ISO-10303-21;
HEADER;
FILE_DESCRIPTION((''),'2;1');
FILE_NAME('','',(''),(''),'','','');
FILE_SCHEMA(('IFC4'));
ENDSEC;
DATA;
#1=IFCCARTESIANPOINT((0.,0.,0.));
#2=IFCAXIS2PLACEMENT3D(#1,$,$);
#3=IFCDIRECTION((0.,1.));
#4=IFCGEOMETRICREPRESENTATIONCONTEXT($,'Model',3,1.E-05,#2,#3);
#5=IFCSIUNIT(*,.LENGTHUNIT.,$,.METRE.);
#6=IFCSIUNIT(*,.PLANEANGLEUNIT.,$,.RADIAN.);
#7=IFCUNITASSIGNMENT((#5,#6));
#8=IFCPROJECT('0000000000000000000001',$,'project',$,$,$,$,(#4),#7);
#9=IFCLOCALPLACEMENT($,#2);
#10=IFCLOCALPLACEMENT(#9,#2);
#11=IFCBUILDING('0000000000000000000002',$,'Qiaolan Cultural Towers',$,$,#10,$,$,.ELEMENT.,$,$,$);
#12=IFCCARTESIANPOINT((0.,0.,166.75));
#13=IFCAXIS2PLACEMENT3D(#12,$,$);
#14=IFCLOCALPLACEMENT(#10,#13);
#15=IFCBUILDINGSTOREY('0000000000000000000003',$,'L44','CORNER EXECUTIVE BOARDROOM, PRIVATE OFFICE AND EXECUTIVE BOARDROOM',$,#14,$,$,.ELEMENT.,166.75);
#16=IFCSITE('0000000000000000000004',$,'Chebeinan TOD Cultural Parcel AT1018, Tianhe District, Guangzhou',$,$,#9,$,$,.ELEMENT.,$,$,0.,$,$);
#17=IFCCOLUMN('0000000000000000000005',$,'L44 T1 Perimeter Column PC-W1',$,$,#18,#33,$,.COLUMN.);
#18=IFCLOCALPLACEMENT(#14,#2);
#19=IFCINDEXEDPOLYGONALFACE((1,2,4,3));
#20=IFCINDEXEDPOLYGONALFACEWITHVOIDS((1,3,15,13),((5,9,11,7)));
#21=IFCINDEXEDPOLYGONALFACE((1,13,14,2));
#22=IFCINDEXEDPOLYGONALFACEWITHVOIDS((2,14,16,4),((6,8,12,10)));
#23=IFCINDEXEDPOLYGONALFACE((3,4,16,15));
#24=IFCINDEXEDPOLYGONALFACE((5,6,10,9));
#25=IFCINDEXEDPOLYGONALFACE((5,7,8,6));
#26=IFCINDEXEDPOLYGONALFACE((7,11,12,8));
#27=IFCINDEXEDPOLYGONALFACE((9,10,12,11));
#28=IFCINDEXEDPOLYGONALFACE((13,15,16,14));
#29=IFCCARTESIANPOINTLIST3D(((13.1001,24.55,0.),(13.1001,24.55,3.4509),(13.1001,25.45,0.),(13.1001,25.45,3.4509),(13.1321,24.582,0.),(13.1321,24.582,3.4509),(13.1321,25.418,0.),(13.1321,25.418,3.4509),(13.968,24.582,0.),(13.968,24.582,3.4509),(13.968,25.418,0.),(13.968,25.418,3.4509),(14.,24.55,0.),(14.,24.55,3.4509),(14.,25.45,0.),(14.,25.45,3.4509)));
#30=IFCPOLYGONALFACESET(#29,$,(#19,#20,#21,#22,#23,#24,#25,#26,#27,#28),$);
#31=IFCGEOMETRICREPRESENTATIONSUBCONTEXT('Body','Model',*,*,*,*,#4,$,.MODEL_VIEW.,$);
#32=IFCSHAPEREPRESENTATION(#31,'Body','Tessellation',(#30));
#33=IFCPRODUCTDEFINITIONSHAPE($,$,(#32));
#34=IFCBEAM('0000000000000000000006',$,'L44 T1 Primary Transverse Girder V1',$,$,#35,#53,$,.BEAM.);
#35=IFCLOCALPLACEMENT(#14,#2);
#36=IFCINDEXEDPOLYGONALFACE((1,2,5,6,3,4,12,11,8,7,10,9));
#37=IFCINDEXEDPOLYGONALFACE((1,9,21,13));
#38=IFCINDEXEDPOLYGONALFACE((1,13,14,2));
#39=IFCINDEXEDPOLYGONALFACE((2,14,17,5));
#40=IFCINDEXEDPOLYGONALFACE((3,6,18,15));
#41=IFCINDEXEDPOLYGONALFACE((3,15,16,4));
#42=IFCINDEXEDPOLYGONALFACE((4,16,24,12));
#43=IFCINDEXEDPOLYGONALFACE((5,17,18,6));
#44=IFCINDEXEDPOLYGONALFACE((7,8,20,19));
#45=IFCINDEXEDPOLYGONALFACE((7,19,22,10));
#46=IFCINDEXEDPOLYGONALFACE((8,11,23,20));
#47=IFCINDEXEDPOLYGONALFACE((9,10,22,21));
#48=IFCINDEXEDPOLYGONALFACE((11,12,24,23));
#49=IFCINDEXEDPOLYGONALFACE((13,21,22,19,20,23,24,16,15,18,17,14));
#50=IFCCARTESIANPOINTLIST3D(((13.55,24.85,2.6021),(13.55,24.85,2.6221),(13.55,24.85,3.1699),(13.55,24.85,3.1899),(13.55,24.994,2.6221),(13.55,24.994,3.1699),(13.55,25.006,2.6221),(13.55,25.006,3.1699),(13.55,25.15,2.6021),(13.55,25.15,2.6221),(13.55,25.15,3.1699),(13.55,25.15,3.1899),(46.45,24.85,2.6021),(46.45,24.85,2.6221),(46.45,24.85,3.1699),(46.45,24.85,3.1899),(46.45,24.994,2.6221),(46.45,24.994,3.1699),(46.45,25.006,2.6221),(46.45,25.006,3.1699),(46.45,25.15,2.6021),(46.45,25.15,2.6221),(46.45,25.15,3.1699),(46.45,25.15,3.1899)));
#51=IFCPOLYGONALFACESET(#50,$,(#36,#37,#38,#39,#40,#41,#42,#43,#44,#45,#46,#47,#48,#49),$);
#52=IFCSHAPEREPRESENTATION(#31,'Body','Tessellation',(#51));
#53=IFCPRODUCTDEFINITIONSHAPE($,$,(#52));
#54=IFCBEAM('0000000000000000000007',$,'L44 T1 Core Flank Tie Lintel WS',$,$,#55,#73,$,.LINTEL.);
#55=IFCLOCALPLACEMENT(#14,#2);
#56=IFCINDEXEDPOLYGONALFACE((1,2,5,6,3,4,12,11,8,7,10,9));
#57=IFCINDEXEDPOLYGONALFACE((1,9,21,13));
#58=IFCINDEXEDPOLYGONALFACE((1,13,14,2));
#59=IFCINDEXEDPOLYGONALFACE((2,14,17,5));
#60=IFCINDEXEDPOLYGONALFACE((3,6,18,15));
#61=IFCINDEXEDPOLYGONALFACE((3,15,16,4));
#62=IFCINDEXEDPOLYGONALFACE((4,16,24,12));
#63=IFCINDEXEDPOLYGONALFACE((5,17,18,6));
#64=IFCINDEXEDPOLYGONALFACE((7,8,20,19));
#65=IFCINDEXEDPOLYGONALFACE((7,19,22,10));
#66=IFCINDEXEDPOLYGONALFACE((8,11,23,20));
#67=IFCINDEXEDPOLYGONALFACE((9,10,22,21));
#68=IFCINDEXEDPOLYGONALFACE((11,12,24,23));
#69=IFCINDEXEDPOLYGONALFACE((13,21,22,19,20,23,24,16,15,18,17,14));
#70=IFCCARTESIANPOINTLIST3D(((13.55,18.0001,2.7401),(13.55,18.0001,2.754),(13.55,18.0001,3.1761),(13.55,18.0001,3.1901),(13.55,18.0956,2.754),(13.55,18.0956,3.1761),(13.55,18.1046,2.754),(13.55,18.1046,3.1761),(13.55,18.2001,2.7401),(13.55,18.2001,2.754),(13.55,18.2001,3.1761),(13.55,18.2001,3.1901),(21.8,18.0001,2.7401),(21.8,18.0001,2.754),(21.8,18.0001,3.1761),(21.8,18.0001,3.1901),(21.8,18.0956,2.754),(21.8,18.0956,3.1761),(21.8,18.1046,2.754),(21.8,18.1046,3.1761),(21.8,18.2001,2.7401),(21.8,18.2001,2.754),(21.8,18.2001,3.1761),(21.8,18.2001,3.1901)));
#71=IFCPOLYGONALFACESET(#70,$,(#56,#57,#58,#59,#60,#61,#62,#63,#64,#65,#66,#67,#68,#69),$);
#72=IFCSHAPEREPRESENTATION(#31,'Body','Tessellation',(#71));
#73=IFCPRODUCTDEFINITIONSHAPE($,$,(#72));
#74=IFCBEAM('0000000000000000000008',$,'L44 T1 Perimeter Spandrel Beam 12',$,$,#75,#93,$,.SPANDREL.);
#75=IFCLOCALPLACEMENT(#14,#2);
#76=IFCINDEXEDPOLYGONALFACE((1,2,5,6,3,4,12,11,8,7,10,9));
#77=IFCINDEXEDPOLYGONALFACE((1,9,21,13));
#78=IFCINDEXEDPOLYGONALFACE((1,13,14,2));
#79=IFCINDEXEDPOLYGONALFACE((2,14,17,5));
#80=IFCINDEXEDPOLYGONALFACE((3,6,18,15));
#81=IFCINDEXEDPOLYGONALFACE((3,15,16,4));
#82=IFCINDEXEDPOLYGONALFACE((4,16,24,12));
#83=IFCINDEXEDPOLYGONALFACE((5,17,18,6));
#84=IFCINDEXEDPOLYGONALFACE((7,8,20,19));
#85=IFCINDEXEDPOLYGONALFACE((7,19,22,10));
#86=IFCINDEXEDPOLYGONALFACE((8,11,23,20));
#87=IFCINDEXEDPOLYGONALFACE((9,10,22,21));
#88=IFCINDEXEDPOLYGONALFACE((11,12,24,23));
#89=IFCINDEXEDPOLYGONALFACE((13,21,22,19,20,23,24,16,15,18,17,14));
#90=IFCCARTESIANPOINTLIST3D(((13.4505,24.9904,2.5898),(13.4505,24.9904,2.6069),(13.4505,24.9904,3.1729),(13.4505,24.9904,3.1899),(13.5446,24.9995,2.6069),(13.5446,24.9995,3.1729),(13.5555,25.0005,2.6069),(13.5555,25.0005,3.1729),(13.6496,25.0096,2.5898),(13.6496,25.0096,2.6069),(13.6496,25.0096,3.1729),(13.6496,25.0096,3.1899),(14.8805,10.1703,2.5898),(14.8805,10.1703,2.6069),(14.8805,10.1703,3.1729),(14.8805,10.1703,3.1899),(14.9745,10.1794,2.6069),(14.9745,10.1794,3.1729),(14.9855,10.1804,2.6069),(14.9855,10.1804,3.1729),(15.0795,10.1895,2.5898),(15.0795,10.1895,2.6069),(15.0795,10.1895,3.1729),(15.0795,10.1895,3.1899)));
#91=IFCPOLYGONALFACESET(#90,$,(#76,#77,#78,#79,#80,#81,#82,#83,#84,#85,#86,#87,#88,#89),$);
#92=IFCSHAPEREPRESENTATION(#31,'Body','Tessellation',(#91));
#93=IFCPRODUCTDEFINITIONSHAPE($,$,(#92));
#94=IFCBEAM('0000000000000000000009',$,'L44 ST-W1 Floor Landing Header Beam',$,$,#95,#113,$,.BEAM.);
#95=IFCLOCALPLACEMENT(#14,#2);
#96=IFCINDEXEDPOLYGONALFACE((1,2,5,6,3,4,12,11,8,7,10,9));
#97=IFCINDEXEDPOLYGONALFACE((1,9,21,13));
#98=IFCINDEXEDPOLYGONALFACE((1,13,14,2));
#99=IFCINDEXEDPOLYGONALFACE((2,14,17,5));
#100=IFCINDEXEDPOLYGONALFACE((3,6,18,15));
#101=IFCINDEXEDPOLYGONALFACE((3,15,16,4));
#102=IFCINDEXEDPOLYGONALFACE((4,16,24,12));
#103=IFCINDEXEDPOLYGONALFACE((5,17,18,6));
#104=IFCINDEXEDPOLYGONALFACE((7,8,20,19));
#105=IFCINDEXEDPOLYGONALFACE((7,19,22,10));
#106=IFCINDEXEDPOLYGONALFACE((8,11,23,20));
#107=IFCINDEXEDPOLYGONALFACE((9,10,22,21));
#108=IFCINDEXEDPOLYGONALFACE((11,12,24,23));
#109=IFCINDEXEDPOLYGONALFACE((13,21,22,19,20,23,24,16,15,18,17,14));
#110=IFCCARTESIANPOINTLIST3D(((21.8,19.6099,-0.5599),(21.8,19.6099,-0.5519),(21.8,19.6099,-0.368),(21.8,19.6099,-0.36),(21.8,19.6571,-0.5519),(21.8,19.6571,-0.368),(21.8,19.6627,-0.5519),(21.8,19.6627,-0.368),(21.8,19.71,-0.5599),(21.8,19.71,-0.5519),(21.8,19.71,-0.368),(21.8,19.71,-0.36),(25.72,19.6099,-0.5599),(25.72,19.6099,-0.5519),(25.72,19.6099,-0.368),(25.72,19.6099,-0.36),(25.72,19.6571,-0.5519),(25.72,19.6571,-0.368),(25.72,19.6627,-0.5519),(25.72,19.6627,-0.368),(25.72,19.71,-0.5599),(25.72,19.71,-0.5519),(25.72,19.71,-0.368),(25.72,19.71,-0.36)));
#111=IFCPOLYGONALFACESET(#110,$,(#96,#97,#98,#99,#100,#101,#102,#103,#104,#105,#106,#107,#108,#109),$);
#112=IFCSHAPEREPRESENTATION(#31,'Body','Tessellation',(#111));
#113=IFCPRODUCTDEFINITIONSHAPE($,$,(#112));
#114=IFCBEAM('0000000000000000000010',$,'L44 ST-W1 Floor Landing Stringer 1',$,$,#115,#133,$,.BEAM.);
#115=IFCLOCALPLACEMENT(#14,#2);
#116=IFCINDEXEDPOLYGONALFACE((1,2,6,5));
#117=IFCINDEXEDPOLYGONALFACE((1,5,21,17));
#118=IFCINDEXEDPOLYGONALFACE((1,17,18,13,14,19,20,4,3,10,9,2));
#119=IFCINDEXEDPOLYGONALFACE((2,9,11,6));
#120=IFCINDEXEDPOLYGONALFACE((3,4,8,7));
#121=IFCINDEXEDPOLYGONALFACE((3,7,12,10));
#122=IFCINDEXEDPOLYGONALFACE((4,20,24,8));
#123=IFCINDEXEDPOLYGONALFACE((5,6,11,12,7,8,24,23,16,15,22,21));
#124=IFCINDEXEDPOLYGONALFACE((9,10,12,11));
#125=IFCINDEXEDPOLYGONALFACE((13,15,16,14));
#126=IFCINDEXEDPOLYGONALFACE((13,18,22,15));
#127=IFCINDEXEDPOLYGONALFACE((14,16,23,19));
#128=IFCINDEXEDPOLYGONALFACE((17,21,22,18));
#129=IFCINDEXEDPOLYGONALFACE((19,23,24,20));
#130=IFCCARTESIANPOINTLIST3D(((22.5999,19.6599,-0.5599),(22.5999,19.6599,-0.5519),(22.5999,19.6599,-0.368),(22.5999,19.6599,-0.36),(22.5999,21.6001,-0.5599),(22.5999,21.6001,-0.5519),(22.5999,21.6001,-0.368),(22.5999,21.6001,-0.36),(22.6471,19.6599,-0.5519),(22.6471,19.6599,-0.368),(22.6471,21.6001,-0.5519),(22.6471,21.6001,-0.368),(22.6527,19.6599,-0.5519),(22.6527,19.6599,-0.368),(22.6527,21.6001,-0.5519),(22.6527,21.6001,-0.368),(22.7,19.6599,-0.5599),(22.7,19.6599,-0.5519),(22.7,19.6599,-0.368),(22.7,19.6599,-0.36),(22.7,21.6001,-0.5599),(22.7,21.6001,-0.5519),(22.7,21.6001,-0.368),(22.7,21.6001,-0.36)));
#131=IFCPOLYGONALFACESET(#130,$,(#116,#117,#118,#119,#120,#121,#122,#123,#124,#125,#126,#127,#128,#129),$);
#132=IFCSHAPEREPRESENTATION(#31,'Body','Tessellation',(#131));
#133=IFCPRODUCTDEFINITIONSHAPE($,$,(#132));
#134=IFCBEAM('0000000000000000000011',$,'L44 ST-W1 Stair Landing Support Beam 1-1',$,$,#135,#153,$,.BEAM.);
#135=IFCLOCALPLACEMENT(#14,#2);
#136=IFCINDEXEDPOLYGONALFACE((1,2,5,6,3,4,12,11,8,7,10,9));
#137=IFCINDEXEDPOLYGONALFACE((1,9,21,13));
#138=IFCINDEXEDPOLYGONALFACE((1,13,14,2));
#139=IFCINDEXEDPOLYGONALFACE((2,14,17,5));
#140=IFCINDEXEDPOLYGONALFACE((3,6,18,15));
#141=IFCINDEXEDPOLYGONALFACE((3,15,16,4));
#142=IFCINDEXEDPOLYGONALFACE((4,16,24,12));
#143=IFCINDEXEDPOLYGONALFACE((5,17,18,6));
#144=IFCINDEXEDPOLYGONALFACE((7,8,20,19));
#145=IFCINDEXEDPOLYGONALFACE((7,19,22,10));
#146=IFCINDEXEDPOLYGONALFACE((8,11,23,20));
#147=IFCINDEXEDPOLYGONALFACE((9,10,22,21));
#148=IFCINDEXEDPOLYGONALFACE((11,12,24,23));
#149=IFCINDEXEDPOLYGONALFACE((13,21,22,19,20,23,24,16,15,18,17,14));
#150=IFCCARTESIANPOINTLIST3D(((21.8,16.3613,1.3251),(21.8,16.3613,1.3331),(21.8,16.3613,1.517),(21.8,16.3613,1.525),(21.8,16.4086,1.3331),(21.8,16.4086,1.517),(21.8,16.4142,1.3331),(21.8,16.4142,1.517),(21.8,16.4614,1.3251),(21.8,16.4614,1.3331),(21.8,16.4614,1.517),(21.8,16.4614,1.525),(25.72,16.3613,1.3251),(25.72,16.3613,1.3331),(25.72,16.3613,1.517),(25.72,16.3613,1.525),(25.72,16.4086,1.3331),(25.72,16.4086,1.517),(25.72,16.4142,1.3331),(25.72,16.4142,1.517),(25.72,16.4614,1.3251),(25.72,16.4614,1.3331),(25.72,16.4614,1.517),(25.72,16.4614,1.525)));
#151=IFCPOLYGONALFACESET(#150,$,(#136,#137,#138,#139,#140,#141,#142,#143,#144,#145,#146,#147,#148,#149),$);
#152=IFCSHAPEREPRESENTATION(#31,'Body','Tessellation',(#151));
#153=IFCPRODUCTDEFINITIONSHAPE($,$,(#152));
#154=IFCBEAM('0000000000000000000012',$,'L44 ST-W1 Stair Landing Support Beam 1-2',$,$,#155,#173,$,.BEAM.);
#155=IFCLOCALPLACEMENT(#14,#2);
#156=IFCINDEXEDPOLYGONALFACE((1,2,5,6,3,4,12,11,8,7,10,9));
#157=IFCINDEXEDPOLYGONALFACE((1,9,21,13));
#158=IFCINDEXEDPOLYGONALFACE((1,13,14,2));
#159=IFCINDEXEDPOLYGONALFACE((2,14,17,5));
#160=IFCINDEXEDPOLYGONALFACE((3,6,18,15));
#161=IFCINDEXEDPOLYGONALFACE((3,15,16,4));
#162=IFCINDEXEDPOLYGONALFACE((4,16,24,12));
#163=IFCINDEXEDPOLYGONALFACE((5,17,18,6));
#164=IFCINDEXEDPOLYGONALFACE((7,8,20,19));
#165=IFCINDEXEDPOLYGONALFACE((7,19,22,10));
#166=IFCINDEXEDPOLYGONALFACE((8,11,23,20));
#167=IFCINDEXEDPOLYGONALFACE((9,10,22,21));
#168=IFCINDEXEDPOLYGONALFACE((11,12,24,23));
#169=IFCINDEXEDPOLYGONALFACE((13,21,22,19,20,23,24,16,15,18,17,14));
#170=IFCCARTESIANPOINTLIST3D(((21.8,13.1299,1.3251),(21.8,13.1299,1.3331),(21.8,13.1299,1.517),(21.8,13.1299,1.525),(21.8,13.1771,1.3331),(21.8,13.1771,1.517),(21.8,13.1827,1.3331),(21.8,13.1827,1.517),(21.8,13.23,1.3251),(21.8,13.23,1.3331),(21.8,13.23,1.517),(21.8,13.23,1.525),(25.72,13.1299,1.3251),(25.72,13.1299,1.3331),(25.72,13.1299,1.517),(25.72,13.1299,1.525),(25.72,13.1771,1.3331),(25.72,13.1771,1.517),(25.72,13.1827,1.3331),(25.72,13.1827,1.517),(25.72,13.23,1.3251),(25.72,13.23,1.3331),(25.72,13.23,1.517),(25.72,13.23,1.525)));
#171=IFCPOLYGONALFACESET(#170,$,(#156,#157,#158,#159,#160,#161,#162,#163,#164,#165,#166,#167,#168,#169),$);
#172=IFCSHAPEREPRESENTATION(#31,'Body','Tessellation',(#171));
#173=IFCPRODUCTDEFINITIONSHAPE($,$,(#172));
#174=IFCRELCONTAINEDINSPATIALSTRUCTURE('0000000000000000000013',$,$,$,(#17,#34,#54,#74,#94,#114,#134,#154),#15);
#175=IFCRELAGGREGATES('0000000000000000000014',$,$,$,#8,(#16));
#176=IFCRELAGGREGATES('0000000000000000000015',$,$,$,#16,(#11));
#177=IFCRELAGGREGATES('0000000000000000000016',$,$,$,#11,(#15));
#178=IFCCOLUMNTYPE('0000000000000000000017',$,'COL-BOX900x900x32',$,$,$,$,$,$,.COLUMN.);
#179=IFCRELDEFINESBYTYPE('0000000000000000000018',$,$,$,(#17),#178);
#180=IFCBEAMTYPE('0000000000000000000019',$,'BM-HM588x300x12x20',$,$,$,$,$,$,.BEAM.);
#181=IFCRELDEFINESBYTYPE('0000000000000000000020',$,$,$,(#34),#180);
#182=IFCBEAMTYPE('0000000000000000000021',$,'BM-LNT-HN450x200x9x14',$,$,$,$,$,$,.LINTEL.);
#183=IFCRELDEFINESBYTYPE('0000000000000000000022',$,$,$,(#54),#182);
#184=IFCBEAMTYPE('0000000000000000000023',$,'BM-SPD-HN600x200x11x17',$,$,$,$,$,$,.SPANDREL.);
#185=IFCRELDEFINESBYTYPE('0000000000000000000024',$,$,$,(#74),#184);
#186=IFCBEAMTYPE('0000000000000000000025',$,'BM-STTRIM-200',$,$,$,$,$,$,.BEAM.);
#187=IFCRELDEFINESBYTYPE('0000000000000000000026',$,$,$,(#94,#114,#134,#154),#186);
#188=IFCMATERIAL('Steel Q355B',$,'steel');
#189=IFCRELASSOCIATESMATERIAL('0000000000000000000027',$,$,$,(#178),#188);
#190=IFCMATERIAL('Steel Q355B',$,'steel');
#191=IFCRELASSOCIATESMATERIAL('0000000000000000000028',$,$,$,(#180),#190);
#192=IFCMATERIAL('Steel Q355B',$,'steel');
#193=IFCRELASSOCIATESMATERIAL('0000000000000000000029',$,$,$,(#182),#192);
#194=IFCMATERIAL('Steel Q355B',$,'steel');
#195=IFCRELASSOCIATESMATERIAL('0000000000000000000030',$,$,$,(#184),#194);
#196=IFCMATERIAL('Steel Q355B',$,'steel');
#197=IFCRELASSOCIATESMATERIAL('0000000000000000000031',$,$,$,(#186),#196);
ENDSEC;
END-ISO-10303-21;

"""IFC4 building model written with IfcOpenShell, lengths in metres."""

from ifc_helpers import new_model, si_unit, direction, frame, origin, origin_2d, place, context, subcontext, project, spatial, hollow_rectangle, i_section, extrude, material, material_profile, profile_set, type_object, element, save


model = new_model("IFC4")

# Units and contexts
model_context = context("Model", 3, precision=1e-05, world=origin(), true_north=direction((0.0, 1.0)))
body_context = subcontext(model_context, "Body", "Model", "MODEL_VIEW")
ifc_project = project(units=[si_unit("LENGTHUNIT", "METRE"), si_unit("PLANEANGLEUNIT", "RADIAN")], contexts=[model_context])

# Site, building, storey
site_placement = place(None, origin())
site = spatial("IfcSite", under=ifc_project, at=site_placement, Name="Chebeinan TOD Cultural Parcel AT1018, Tianhe District, Guangzhou", CompositionType="ELEMENT", RefElevation=0.0)
building_placement = place(site_placement, origin())
building = spatial("IfcBuilding", under=site, at=building_placement, Name="Qiaolan Cultural Towers", CompositionType="ELEMENT")
storey_placement = place(building_placement, frame((0.0, 0.0, 166.75)))
storey = spatial("IfcBuildingStorey", under=building, at=storey_placement, Name="L44", Description="CORNER EXECUTIVE BOARDROOM, PRIVATE OFFICE AND EXECUTIVE BOARDROOM", CompositionType="ELEMENT", Elevation=166.75)

# Column
ifc_material_1 = material(Name="Steel Q355B", Category="steel")
ifc_material_profile_1 = material_profile(ifc_material_1, hollow_rectangle(XDim=0.8999, YDim=0.8999, WallThickness=0.032, at=origin_2d()), Name="BOX900x900x32")
ifc_profile_set_1 = profile_set([ifc_material_profile_1], Name="Steel Q355B")
column_type = type_object("IfcColumnType", Name="COL-BOX900x900x32", PredefinedType="COLUMN", material=ifc_profile_set_1)
column_placement = place(storey_placement, frame((13.55, 25.0, 0.0), z_axis=(0.0, 0.0, 1.0), x_axis=(1.0, 0.0, 0.0)))
element("IfcColumn", 1, at=column_placement, inside=storey, type_object=column_type, Name="L44 T1 Perimeter Column PC-W1", PredefinedType="COLUMN", context=body_context, shape_type="SweptSolid", body=[
    extrude(hollow_rectangle(XDim=0.8999, YDim=0.8999, WallThickness=0.032, at=origin_2d()), origin(), (0.0, 0.0, 1.0), 3.4509),
])

# Beams
ifc_material_2 = material(Name="Steel Q355B", Category="steel")
ifc_material_profile_2 = material_profile(ifc_material_2, i_section(OverallWidth=0.3, OverallDepth=0.5879, WebThickness=0.012, FlangeThickness=0.02, at=origin_2d()), Name="HM588x300x12x20")
ifc_profile_set_2 = profile_set([ifc_material_profile_2], Name="Steel Q355B")
beam_type_1 = type_object("IfcBeamType", Name="BM-HM588x300x12x20", PredefinedType="BEAM", material=ifc_profile_set_2)
beam_1_placement = place(storey_placement, frame((13.55, 25.0, 2.896), z_axis=(1.0, 0.0, 0.0), x_axis=(0.0, 1.0, 0.0)))
element("IfcBeam", 2, at=beam_1_placement, inside=storey, type_object=beam_type_1, Name="L44 T1 Primary Transverse Girder V1", PredefinedType="BEAM", context=body_context, shape_type="SweptSolid", body=[
    extrude(i_section(OverallWidth=0.3, OverallDepth=0.5879, WebThickness=0.012, FlangeThickness=0.02, at=origin_2d()), origin(), (0.0, 0.0, 1.0), 32.8999),
])
ifc_material_3 = material(Name="Steel Q355B", Category="steel")
ifc_material_profile_3 = material_profile(ifc_material_3, i_section(OverallWidth=0.2, OverallDepth=0.45, WebThickness=0.009, FlangeThickness=0.0139, at=origin_2d()), Name="HN450x200x9x14")
ifc_profile_set_3 = profile_set([ifc_material_profile_3], Name="Steel Q355B")
beam_type_2 = type_object("IfcBeamType", Name="BM-LNT-HN450x200x9x14", PredefinedType="LINTEL", material=ifc_profile_set_3)
beam_2_placement = place(storey_placement, frame((21.8, 18.1001, 2.9651), z_axis=(-1.0, 0.0, 0.0), x_axis=(0.0, -1.0, 0.0)))
element("IfcBeam", 3, at=beam_2_placement, inside=storey, type_object=beam_type_2, Name="L44 T1 Core Flank Tie Lintel WS", PredefinedType="LINTEL", context=body_context, shape_type="SweptSolid", body=[
    extrude(i_section(OverallWidth=0.2, OverallDepth=0.45, WebThickness=0.009, FlangeThickness=0.0139, at=origin_2d()), origin(), (0.0, 0.0, 1.0), 8.25),
])
ifc_material_4 = material(Name="Steel Q355B", Category="steel")
ifc_material_profile_4 = material_profile(ifc_material_4, i_section(OverallWidth=0.2, OverallDepth=0.6001, WebThickness=0.011, FlangeThickness=0.0171, at=origin_2d()), Name="HN600x200x11x17")
ifc_profile_set_4 = profile_set([ifc_material_profile_4], Name="Steel Q355B")
beam_type_3 = type_object("IfcBeamType", Name="BM-SPD-HN600x200x11x17", PredefinedType="SPANDREL", material=ifc_profile_set_4)
beam_3_placement = place(storey_placement, frame((13.55, 25.0, 2.8899), z_axis=(0.09604, -0.995377, 0.0), x_axis=(0.995377, 0.09604, 0.0)))
element("IfcBeam", 4, at=beam_3_placement, inside=storey, type_object=beam_type_3, Name="L44 T1 Perimeter Spandrel Beam 12", PredefinedType="SPANDREL", context=body_context, shape_type="SweptSolid", body=[
    extrude(i_section(OverallWidth=0.2, OverallDepth=0.6001, WebThickness=0.011, FlangeThickness=0.0171, at=origin_2d()), origin(), (0.0, 0.0, 1.0), 14.8889),
])
ifc_material_5 = material(Name="Steel Q355B", Category="steel")
ifc_material_profile_5 = material_profile(ifc_material_5, i_section(OverallWidth=0.1001, OverallDepth=0.2, WebThickness=0.0056, FlangeThickness=0.0081, at=origin_2d()), Name="HN200x100x5.5x8")
ifc_profile_set_5 = profile_set([ifc_material_profile_5], Name="Steel Q355B")
beam_type_4 = type_object("IfcBeamType", Name="BM-STTRIM-200", PredefinedType="BEAM", material=ifc_profile_set_5)
beam_4_placement = place(storey_placement, frame((21.8, 19.6599, -0.46), z_axis=(1.0, 0.0, 0.0), x_axis=(0.0, 1.0, 0.0)))
element("IfcBeam", 5, at=beam_4_placement, inside=storey, type_object=beam_type_4, Name="L44 ST-W1 Floor Landing Header Beam", PredefinedType="BEAM", context=body_context, shape_type="SweptSolid", body=[
    extrude(i_section(OverallWidth=0.1001, OverallDepth=0.2, WebThickness=0.0056, FlangeThickness=0.0081, at=origin_2d()), origin(), (0.0, 0.0, 1.0), 3.9199),
])
beam_5_placement = place(storey_placement, frame((22.6499, 21.6001, -0.46), z_axis=(0.0, -1.0, 0.0), x_axis=(1.0, 0.0, 0.0)))
element("IfcBeam", 6, at=beam_5_placement, inside=storey, type_object=beam_type_4, Name="L44 ST-W1 Floor Landing Stringer 1", PredefinedType="BEAM", context=body_context, shape_type="SweptSolid", body=[
    extrude(i_section(OverallWidth=0.1001, OverallDepth=0.2, WebThickness=0.0056, FlangeThickness=0.0081, at=origin_2d()), origin(), (0.0, 0.0, 1.0), 1.9402),
])
for number, where, z_axis, x_axis, name in (
    (7, (21.8, 16.4114, 1.425), (1.0, 0.0, 0.0), (0.0, 1.0, 0.0), "L44 ST-W1 Stair Landing Support Beam 1-1"),
    (8, (21.8, 13.1799, 1.425), (1.0, 0.0, 0.0), (0.0, 1.0, 0.0), "L44 ST-W1 Stair Landing Support Beam 1-2"),
):
    element("IfcBeam", number, at=place(storey_placement, frame(where, z_axis=z_axis, x_axis=x_axis)), inside=storey, type_object=beam_type_4, Name=name, PredefinedType="BEAM", context=body_context, shape_type="SweptSolid", body=[
        extrude(i_section(OverallWidth=0.1001, OverallDepth=0.2, WebThickness=0.0056, FlangeThickness=0.0081, at=origin_2d()), origin(), (0.0, 0.0, 1.0), 3.9199),
    ])

save(model, "model.ifc")
